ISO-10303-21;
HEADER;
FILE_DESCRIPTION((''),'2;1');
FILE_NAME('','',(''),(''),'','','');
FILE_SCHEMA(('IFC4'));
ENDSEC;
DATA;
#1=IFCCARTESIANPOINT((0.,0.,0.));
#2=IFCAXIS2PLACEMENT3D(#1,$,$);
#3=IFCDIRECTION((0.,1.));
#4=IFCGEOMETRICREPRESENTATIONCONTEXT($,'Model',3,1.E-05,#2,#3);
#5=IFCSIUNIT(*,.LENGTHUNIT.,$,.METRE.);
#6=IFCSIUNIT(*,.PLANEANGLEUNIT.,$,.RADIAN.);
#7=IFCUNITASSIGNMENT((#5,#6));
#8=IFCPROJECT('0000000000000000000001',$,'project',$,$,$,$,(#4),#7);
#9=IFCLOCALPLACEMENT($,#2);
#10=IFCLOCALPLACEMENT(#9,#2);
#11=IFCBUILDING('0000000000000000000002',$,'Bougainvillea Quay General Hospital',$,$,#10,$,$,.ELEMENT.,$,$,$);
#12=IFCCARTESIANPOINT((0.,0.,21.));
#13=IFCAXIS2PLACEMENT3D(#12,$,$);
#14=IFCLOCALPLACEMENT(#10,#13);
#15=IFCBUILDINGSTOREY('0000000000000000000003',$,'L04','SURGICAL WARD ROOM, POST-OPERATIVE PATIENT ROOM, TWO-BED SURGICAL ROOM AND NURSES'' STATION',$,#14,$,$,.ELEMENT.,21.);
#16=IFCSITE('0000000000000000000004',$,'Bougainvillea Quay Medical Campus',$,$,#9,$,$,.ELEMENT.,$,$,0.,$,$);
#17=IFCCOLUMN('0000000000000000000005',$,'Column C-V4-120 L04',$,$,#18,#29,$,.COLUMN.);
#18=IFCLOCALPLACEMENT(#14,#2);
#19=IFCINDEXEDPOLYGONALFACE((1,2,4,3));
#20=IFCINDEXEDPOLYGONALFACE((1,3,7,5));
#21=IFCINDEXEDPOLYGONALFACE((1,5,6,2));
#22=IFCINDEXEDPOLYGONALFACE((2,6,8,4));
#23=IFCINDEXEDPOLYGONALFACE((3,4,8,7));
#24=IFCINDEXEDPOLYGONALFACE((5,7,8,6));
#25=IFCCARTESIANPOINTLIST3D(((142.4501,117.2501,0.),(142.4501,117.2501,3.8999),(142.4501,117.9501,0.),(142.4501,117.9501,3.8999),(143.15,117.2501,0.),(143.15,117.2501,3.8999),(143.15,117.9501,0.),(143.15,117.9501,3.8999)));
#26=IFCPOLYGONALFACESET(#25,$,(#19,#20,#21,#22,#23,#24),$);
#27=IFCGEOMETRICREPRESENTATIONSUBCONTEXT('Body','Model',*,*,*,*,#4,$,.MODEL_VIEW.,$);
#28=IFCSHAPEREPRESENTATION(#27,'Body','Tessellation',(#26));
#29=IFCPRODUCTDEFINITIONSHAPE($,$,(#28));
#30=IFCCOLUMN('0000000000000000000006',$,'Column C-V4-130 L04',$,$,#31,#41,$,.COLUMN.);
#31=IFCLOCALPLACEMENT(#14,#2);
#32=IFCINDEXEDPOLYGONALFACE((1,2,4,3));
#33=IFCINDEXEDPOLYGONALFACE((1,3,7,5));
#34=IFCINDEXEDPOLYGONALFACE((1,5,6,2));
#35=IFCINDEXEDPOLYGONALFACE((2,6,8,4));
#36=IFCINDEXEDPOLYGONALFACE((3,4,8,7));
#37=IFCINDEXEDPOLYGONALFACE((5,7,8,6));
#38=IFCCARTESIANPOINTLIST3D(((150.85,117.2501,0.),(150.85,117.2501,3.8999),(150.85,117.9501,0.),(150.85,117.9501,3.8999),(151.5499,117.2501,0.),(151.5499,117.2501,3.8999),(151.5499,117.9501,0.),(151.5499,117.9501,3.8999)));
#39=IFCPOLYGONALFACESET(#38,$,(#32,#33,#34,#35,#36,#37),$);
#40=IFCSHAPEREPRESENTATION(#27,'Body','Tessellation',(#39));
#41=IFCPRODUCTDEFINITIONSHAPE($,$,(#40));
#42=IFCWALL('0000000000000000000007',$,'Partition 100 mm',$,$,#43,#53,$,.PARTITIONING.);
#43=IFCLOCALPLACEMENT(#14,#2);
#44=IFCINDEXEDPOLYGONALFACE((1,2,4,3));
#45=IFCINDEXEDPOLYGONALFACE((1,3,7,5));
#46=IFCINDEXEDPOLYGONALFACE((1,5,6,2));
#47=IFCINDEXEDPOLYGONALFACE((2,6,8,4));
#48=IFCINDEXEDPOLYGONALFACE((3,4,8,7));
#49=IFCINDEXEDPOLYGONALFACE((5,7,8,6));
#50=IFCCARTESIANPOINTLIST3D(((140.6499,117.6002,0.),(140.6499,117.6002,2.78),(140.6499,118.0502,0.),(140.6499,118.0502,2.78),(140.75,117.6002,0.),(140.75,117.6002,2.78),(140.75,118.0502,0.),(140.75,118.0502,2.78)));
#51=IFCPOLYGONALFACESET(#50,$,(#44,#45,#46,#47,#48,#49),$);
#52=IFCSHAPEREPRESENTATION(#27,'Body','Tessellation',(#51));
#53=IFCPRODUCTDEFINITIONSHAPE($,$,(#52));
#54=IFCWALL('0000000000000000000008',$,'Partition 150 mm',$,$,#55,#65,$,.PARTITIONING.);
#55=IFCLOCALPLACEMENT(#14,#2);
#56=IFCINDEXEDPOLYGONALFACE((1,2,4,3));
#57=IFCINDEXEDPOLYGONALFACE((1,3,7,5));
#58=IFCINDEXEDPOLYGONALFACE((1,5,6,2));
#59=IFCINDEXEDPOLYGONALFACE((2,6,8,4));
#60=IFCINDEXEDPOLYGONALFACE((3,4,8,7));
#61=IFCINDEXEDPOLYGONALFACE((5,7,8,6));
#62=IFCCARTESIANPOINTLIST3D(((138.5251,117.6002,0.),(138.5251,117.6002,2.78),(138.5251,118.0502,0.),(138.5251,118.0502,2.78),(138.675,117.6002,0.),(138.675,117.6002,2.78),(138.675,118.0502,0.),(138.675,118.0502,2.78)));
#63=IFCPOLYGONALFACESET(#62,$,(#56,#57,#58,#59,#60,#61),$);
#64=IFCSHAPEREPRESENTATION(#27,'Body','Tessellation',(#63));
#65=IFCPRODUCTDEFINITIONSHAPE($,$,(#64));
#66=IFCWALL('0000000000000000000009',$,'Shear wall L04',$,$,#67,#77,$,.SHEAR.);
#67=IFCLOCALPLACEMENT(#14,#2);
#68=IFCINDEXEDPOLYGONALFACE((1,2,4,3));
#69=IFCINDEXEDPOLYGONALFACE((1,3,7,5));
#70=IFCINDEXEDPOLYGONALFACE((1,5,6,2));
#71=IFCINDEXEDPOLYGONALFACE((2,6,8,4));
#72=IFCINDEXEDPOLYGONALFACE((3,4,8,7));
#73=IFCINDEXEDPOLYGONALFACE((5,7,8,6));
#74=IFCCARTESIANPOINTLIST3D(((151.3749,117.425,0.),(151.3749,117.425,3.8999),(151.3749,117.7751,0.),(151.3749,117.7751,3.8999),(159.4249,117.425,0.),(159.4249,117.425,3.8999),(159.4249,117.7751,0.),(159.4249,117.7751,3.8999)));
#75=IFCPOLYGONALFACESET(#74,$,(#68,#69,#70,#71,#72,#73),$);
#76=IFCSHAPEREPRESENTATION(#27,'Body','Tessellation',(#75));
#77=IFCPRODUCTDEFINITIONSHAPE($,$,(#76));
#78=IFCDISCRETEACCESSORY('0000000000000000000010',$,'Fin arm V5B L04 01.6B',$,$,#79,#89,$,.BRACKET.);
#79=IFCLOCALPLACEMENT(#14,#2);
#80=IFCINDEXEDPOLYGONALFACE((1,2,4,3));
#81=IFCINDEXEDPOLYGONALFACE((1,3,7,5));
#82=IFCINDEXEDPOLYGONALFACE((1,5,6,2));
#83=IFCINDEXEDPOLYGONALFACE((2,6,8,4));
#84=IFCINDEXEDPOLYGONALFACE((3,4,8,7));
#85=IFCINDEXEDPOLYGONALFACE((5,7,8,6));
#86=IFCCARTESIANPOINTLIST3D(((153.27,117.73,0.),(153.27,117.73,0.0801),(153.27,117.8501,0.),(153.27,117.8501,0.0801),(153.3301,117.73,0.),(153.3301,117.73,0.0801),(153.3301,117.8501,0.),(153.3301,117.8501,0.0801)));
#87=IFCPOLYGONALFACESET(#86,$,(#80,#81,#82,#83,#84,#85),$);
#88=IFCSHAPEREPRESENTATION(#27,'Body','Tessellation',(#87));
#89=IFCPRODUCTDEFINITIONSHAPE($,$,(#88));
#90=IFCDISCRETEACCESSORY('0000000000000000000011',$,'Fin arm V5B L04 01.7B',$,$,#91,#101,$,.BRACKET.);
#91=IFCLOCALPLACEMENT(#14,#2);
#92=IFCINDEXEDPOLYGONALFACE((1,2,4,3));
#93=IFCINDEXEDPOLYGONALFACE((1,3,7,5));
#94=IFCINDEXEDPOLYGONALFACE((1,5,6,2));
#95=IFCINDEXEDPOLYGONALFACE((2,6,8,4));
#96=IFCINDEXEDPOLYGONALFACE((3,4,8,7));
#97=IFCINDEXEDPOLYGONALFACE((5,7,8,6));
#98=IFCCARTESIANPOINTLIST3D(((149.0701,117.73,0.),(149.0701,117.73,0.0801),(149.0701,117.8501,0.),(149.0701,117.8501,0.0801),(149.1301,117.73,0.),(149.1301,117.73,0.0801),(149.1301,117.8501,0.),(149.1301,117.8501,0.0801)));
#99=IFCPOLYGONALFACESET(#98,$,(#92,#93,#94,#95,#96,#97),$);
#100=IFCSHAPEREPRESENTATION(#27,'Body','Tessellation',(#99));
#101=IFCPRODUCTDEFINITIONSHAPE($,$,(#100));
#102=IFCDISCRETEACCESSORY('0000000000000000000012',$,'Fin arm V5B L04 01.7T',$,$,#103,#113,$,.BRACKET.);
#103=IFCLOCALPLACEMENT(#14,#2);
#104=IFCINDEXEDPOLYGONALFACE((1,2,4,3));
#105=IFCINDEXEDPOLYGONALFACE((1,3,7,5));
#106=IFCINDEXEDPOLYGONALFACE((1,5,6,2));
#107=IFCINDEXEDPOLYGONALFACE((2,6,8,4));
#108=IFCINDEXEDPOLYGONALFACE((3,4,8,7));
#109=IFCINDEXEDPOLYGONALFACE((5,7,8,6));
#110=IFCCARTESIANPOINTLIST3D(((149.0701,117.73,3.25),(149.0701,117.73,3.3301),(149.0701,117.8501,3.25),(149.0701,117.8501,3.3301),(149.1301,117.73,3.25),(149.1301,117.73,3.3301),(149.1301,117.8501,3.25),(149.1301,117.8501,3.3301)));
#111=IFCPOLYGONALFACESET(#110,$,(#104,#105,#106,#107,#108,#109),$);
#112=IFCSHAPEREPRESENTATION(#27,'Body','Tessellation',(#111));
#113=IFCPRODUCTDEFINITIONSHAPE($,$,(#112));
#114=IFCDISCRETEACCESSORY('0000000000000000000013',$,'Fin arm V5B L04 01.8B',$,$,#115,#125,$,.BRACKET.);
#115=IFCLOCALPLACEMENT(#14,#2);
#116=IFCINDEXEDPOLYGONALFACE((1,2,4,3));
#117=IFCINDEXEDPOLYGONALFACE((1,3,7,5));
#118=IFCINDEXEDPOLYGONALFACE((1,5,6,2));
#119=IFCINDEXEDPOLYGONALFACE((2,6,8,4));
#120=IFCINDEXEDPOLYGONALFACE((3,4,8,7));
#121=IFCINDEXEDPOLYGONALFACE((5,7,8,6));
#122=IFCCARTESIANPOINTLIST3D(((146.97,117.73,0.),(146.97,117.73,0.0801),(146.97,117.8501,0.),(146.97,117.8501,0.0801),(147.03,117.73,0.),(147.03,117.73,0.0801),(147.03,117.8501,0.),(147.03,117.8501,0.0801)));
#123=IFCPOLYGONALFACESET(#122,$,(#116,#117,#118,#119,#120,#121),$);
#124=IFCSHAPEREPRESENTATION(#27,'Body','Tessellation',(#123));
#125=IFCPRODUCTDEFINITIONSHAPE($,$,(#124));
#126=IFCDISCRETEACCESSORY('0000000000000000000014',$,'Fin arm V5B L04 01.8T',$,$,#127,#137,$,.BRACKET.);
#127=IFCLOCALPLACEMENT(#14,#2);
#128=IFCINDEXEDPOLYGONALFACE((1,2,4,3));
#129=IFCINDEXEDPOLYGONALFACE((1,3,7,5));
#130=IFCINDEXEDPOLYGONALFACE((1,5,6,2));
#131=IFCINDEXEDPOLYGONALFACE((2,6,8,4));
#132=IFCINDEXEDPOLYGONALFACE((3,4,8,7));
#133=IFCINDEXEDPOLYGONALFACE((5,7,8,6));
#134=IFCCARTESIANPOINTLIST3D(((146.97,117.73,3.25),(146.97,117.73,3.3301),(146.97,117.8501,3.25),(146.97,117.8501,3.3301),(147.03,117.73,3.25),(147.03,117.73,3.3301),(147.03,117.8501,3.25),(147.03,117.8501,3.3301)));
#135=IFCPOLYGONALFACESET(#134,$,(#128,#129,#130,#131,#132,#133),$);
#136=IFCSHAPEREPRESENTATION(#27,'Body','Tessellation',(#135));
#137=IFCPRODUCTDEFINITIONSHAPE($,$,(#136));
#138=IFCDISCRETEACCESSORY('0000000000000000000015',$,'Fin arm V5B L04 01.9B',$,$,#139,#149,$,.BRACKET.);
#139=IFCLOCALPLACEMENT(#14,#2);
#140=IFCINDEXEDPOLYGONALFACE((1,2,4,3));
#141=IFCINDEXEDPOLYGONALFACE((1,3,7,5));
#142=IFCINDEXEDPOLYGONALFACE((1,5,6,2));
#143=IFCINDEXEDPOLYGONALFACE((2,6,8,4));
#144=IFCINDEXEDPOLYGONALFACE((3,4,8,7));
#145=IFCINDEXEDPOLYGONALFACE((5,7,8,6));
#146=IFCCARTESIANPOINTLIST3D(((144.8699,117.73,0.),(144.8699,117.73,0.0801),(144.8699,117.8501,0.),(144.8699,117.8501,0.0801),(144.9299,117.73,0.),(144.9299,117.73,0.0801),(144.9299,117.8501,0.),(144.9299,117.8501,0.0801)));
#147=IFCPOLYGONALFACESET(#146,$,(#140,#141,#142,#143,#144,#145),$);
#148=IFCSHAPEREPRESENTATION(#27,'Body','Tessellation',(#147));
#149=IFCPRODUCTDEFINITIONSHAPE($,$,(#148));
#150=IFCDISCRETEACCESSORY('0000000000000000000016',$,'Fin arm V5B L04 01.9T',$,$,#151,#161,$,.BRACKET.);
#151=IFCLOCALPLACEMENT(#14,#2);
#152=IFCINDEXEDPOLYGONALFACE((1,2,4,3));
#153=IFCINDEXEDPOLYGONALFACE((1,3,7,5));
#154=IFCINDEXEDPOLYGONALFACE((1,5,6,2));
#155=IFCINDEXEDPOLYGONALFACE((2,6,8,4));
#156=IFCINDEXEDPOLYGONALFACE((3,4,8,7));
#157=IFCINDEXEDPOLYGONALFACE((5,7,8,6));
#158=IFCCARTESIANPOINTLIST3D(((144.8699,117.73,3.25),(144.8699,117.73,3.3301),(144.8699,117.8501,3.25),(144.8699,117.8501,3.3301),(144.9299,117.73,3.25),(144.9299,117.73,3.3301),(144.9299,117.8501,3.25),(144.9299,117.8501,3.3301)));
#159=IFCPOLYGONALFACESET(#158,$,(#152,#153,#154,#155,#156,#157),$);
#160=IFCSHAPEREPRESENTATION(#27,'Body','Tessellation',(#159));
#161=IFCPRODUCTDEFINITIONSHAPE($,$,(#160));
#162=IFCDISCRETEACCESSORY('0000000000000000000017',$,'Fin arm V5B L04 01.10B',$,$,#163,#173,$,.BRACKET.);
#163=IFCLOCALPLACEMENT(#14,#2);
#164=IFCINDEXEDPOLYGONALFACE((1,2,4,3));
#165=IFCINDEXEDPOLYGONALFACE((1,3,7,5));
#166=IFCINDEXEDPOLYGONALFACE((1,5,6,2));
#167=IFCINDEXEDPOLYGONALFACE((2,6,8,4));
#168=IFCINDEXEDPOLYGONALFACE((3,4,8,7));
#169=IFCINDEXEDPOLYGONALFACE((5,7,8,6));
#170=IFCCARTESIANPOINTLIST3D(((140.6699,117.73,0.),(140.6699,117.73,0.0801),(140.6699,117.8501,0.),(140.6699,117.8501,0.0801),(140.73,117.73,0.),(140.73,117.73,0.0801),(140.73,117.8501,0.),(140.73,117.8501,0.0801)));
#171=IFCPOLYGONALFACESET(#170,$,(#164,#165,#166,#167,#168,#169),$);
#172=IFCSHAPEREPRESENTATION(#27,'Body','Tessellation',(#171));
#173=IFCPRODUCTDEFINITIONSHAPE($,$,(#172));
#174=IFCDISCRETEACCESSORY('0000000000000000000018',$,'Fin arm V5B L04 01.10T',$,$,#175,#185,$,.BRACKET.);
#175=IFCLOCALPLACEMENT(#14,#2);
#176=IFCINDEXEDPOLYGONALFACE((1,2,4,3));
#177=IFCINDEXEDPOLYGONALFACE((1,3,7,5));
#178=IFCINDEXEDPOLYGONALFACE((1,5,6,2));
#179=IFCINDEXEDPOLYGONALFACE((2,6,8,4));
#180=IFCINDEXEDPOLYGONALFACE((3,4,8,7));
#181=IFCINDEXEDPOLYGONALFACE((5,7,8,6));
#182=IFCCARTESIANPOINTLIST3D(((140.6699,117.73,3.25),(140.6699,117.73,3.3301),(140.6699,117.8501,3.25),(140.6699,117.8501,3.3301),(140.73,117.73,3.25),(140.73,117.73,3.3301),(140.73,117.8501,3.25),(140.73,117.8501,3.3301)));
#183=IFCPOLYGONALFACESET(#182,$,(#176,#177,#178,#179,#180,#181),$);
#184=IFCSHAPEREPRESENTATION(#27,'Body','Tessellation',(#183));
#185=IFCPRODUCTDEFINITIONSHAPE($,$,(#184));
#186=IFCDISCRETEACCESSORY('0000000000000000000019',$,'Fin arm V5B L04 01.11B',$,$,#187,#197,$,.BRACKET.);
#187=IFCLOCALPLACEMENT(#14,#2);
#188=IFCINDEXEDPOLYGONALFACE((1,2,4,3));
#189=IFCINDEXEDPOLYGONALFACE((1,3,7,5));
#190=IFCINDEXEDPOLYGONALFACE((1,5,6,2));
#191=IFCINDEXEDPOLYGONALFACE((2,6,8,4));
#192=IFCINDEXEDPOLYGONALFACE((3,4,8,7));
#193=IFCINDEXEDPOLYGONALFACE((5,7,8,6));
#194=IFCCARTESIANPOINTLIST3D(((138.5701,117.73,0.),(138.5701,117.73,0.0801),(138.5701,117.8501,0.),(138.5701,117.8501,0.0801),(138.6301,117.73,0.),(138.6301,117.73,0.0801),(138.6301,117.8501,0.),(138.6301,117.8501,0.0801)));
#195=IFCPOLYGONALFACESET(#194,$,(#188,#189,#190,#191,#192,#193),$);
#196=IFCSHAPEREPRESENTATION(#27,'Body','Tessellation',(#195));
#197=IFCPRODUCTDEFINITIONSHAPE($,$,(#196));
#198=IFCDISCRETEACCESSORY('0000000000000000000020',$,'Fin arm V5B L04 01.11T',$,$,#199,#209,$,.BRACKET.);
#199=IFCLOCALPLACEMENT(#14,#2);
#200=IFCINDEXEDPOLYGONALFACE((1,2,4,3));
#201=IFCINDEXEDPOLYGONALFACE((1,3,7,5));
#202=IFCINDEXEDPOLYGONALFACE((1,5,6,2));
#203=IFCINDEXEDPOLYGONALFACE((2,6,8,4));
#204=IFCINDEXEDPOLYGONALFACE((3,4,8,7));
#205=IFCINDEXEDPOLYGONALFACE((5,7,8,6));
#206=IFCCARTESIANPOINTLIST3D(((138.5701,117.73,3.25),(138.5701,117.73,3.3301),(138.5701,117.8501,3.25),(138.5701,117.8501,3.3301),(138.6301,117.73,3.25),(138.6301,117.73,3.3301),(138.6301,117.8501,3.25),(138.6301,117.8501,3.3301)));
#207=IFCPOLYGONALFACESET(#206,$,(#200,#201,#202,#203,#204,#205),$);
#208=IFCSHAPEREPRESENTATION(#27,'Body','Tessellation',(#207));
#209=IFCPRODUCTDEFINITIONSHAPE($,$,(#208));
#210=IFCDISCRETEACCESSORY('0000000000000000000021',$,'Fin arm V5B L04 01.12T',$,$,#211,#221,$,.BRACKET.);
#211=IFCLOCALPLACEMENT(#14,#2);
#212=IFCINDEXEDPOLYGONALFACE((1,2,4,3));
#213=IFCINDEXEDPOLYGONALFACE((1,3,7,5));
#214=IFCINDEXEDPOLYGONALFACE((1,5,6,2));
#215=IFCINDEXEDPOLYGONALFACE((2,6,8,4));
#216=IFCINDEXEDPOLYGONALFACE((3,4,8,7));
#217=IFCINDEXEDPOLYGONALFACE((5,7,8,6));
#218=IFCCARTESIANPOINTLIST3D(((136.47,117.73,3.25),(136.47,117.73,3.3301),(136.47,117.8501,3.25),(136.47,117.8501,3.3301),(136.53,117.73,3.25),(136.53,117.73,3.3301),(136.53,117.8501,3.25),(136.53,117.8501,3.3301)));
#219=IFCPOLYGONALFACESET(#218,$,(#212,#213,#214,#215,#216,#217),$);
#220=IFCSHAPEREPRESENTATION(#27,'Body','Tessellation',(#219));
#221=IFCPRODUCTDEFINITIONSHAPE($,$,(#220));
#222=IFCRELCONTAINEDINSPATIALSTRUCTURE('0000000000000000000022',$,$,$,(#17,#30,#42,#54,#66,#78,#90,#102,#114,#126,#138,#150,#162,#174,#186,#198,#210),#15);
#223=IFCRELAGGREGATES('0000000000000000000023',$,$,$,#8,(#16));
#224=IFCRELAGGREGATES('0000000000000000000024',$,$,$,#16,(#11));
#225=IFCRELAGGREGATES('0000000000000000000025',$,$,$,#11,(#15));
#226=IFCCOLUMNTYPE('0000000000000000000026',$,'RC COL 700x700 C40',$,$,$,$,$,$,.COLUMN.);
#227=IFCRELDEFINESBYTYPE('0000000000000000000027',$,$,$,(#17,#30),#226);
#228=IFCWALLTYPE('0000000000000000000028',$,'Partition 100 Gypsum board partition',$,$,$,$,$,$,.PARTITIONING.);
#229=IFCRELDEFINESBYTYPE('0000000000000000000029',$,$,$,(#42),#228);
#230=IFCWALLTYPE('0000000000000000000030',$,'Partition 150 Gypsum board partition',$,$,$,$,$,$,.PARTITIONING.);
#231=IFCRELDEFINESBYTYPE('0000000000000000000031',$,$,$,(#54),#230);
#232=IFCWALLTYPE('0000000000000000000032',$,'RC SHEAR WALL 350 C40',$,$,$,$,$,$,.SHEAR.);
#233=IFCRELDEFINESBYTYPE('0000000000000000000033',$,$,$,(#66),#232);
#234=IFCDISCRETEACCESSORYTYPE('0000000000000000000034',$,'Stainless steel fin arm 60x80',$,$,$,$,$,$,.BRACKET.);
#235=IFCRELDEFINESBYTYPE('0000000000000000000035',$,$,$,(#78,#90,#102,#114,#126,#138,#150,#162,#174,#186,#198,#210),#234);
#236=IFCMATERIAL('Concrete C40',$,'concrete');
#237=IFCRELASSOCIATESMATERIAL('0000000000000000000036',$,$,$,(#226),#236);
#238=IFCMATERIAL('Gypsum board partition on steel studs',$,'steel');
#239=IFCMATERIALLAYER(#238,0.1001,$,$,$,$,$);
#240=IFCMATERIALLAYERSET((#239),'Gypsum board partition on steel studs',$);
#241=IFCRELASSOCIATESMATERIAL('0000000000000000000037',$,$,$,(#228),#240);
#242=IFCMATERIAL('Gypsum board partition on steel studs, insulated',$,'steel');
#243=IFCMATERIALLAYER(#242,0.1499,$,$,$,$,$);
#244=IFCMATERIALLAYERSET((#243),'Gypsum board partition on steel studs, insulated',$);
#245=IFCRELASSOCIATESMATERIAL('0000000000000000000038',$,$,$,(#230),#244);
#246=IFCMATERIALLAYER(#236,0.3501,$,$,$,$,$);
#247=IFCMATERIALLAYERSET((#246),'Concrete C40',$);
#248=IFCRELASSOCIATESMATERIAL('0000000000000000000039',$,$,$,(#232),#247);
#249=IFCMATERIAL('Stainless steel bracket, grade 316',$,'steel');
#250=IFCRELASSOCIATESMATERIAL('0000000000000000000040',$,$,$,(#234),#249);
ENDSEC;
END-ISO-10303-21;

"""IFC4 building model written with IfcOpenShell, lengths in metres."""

from ifc_helpers import new_model, si_unit, direction, frame, frame_2d, origin, origin_2d, place, context, subcontext, project, spatial, rectangle, extrude, material, layer, layer_set, material_profile, profile_set, type_object, element, save


model = new_model("IFC4")

# Units and contexts
model_context = context("Model", 3, precision=1e-05, world=origin(), true_north=direction((0.0, 1.0)))
body_context = subcontext(model_context, "Body", "Model", "MODEL_VIEW")
ifc_project = project(units=[si_unit("LENGTHUNIT", "METRE"), si_unit("PLANEANGLEUNIT", "RADIAN")], contexts=[model_context])

# Site, building, storey
site_placement = place(None, origin())
site = spatial("IfcSite", under=ifc_project, at=site_placement, Name="Bougainvillea Quay Medical Campus", CompositionType="ELEMENT", RefElevation=0.0)
building_placement = place(site_placement, origin())
building = spatial("IfcBuilding", under=site, at=building_placement, Name="Bougainvillea Quay General Hospital", CompositionType="ELEMENT")
storey_placement = place(building_placement, frame((0.0, 0.0, 21.0)))
storey = spatial("IfcBuildingStorey", under=building, at=storey_placement, Name="L04", Description="SURGICAL WARD ROOM, POST-OPERATIVE PATIENT ROOM, TWO-BED SURGICAL ROOM AND NURSES' STATION", CompositionType="ELEMENT", Elevation=21.0)

# Columns
ifc_material_1 = material(Name="Concrete C40", Category="concrete")
ifc_material_profile_1 = material_profile(ifc_material_1, rectangle(XDim=0.7, YDim=0.7, at=origin_2d()))
ifc_profile_set_1 = profile_set([ifc_material_profile_1], Name="Concrete C40")
column_type = type_object("IfcColumnType", Name="RC COL 700x700 C40", PredefinedType="COLUMN", material=ifc_profile_set_1)
for number, where, z_axis, x_axis, name in (
    (1, (142.8, 117.6001, 0.0), (0.0, 0.0, 1.0), (1.0, 0.0, 0.0), "Column C-V4-120 L04"),
    (2, (151.2, 117.6001, 0.0), (0.0, 0.0, 1.0), (1.0, 0.0, 0.0), "Column C-V4-130 L04"),
):
    element("IfcColumn", number, at=place(storey_placement, frame(where, z_axis=z_axis, x_axis=x_axis)), inside=storey, type_object=column_type, Name=name, PredefinedType="COLUMN", context=body_context, shape_type="SweptSolid", body=[
        extrude(rectangle(XDim=0.7, YDim=0.7, at=origin_2d()), origin(), (0.0, 0.0, 1.0), 3.8999),
    ])

# Walls
ifc_material_2 = material(Name="Gypsum board partition on steel studs", Category="steel")
ifc_layer_1 = layer(ifc_material_2, 0.1001)
ifc_layer_set_1 = layer_set([ifc_layer_1], Name="Gypsum board partition on steel studs")
wall_type_1 = type_object("IfcWallType", Name="Partition 100 Gypsum board partition", PredefinedType="PARTITIONING", material=ifc_layer_set_1)
wall_1_placement = place(storey_placement, frame((140.7, 117.6001, 0.0), z_axis=(0.0, 0.0, 1.0), x_axis=(0.0, 1.0, 0.0)))
element("IfcWall", 3, at=wall_1_placement, inside=storey, type_object=wall_type_1, Name="Partition 100 mm", PredefinedType="PARTITIONING", context=body_context, shape_type="SweptSolid", body=[
    extrude(rectangle(XDim=0.45, YDim=0.1001, at=frame_2d((0.2251, 0.0))), origin(), (0.0, 0.0, 1.0), 2.78),
])
ifc_material_3 = material(Name="Gypsum board partition on steel studs, insulated", Category="steel")
ifc_layer_2 = layer(ifc_material_3, 0.1499)
ifc_layer_set_2 = layer_set([ifc_layer_2], Name="Gypsum board partition on steel studs, insulated")
wall_type_2 = type_object("IfcWallType", Name="Partition 150 Gypsum board partition", PredefinedType="PARTITIONING", material=ifc_layer_set_2)
wall_2_placement = place(storey_placement, frame((138.6001, 117.6001, 0.0), z_axis=(0.0, 0.0, 1.0), x_axis=(0.0, 1.0, 0.0)))
element("IfcWall", 4, at=wall_2_placement, inside=storey, type_object=wall_type_2, Name="Partition 150 mm", PredefinedType="PARTITIONING", context=body_context, shape_type="SweptSolid", body=[
    extrude(rectangle(XDim=0.45, YDim=0.1499, at=frame_2d((0.2251, 0.0))), origin(), (0.0, 0.0, 1.0), 2.78),
])
ifc_layer_3 = layer(ifc_material_1, 0.3501)
ifc_layer_set_3 = layer_set([ifc_layer_3], Name="Concrete C40")
wall_type_3 = type_object("IfcWallType", Name="RC SHEAR WALL 350 C40", PredefinedType="SHEAR", material=ifc_layer_set_3)
wall_3_placement = place(storey_placement, frame((151.375, 117.6001, 0.0), z_axis=(0.0, 0.0, 1.0), x_axis=(1.0, 0.0, 0.0)))
element("IfcWall", 5, at=wall_3_placement, inside=storey, type_object=wall_type_3, Name="Shear wall L04", PredefinedType="SHEAR", context=body_context, shape_type="SweptSolid", body=[
    extrude(rectangle(XDim=8.05, YDim=0.3501, at=frame_2d((4.0249, 0.0))), origin(), (0.0, 0.0, 1.0), 3.8999),
])

# Discrete accessories
ifc_material_4 = material(Name="Stainless steel bracket, grade 316", Category="steel")
discrete_accessory_type_1 = type_object("IfcDiscreteAccessoryType", Name="Stainless steel fin arm 60x80", PredefinedType="BRACKET", material=ifc_material_4)
for number, where, z_axis, x_axis, name in (
    (6, (153.3, 117.79, 0.0), (0.0, 0.0, 1.0), (0.0, -1.0, 0.0), "Fin arm V5B L04 01.6B"),
    (7, (149.1001, 117.79, 0.0), (0.0, 0.0, 1.0), (0.0, -1.0, 0.0), "Fin arm V5B L04 01.7B"),
    (8, (149.1001, 117.79, 3.25), (0.0, 0.0, 1.0), (0.0, -1.0, 0.0), "Fin arm V5B L04 01.7T"),
    (9, (147.0, 117.79, 0.0), (0.0, 0.0, 1.0), (0.0, -1.0, 0.0), "Fin arm V5B L04 01.8B"),
    (10, (147.0, 117.79, 3.25), (0.0, 0.0, 1.0), (0.0, -1.0, 0.0), "Fin arm V5B L04 01.8T"),
    (11, (144.8999, 117.79, 0.0), (0.0, 0.0, 1.0), (0.0, -1.0, 0.0), "Fin arm V5B L04 01.9B"),
    (12, (144.8999, 117.79, 3.25), (0.0, 0.0, 1.0), (0.0, -1.0, 0.0), "Fin arm V5B L04 01.9T"),
    (13, (140.7, 117.79, 0.0), (0.0, 0.0, 1.0), (0.0, -1.0, 0.0), "Fin arm V5B L04 01.10B"),
    (14, (140.7, 117.79, 3.25), (0.0, 0.0, 1.0), (0.0, -1.0, 0.0), "Fin arm V5B L04 01.10T"),
    (15, (138.6001, 117.79, 0.0), (0.0, 0.0, 1.0), (0.0, -1.0, 0.0), "Fin arm V5B L04 01.11B"),
    (16, (138.6001, 117.79, 3.25), (0.0, 0.0, 1.0), (0.0, -1.0, 0.0), "Fin arm V5B L04 01.11T"),
    (17, (136.5, 117.79, 3.25), (0.0, 0.0, 1.0), (0.0, -1.0, 0.0), "Fin arm V5B L04 01.12T"),
):
    element("IfcDiscreteAccessory", number, at=place(storey_placement, frame(where, z_axis=z_axis, x_axis=x_axis)), inside=storey, type_object=discrete_accessory_type_1, Name=name, PredefinedType="BRACKET", context=body_context, shape_type="SweptSolid", body=[
        extrude(rectangle(XDim=0.1201, YDim=0.0601, at=origin_2d()), origin(), (0.0, 0.0, 1.0), 0.0801),
    ])

save(model, "model.ifc")
